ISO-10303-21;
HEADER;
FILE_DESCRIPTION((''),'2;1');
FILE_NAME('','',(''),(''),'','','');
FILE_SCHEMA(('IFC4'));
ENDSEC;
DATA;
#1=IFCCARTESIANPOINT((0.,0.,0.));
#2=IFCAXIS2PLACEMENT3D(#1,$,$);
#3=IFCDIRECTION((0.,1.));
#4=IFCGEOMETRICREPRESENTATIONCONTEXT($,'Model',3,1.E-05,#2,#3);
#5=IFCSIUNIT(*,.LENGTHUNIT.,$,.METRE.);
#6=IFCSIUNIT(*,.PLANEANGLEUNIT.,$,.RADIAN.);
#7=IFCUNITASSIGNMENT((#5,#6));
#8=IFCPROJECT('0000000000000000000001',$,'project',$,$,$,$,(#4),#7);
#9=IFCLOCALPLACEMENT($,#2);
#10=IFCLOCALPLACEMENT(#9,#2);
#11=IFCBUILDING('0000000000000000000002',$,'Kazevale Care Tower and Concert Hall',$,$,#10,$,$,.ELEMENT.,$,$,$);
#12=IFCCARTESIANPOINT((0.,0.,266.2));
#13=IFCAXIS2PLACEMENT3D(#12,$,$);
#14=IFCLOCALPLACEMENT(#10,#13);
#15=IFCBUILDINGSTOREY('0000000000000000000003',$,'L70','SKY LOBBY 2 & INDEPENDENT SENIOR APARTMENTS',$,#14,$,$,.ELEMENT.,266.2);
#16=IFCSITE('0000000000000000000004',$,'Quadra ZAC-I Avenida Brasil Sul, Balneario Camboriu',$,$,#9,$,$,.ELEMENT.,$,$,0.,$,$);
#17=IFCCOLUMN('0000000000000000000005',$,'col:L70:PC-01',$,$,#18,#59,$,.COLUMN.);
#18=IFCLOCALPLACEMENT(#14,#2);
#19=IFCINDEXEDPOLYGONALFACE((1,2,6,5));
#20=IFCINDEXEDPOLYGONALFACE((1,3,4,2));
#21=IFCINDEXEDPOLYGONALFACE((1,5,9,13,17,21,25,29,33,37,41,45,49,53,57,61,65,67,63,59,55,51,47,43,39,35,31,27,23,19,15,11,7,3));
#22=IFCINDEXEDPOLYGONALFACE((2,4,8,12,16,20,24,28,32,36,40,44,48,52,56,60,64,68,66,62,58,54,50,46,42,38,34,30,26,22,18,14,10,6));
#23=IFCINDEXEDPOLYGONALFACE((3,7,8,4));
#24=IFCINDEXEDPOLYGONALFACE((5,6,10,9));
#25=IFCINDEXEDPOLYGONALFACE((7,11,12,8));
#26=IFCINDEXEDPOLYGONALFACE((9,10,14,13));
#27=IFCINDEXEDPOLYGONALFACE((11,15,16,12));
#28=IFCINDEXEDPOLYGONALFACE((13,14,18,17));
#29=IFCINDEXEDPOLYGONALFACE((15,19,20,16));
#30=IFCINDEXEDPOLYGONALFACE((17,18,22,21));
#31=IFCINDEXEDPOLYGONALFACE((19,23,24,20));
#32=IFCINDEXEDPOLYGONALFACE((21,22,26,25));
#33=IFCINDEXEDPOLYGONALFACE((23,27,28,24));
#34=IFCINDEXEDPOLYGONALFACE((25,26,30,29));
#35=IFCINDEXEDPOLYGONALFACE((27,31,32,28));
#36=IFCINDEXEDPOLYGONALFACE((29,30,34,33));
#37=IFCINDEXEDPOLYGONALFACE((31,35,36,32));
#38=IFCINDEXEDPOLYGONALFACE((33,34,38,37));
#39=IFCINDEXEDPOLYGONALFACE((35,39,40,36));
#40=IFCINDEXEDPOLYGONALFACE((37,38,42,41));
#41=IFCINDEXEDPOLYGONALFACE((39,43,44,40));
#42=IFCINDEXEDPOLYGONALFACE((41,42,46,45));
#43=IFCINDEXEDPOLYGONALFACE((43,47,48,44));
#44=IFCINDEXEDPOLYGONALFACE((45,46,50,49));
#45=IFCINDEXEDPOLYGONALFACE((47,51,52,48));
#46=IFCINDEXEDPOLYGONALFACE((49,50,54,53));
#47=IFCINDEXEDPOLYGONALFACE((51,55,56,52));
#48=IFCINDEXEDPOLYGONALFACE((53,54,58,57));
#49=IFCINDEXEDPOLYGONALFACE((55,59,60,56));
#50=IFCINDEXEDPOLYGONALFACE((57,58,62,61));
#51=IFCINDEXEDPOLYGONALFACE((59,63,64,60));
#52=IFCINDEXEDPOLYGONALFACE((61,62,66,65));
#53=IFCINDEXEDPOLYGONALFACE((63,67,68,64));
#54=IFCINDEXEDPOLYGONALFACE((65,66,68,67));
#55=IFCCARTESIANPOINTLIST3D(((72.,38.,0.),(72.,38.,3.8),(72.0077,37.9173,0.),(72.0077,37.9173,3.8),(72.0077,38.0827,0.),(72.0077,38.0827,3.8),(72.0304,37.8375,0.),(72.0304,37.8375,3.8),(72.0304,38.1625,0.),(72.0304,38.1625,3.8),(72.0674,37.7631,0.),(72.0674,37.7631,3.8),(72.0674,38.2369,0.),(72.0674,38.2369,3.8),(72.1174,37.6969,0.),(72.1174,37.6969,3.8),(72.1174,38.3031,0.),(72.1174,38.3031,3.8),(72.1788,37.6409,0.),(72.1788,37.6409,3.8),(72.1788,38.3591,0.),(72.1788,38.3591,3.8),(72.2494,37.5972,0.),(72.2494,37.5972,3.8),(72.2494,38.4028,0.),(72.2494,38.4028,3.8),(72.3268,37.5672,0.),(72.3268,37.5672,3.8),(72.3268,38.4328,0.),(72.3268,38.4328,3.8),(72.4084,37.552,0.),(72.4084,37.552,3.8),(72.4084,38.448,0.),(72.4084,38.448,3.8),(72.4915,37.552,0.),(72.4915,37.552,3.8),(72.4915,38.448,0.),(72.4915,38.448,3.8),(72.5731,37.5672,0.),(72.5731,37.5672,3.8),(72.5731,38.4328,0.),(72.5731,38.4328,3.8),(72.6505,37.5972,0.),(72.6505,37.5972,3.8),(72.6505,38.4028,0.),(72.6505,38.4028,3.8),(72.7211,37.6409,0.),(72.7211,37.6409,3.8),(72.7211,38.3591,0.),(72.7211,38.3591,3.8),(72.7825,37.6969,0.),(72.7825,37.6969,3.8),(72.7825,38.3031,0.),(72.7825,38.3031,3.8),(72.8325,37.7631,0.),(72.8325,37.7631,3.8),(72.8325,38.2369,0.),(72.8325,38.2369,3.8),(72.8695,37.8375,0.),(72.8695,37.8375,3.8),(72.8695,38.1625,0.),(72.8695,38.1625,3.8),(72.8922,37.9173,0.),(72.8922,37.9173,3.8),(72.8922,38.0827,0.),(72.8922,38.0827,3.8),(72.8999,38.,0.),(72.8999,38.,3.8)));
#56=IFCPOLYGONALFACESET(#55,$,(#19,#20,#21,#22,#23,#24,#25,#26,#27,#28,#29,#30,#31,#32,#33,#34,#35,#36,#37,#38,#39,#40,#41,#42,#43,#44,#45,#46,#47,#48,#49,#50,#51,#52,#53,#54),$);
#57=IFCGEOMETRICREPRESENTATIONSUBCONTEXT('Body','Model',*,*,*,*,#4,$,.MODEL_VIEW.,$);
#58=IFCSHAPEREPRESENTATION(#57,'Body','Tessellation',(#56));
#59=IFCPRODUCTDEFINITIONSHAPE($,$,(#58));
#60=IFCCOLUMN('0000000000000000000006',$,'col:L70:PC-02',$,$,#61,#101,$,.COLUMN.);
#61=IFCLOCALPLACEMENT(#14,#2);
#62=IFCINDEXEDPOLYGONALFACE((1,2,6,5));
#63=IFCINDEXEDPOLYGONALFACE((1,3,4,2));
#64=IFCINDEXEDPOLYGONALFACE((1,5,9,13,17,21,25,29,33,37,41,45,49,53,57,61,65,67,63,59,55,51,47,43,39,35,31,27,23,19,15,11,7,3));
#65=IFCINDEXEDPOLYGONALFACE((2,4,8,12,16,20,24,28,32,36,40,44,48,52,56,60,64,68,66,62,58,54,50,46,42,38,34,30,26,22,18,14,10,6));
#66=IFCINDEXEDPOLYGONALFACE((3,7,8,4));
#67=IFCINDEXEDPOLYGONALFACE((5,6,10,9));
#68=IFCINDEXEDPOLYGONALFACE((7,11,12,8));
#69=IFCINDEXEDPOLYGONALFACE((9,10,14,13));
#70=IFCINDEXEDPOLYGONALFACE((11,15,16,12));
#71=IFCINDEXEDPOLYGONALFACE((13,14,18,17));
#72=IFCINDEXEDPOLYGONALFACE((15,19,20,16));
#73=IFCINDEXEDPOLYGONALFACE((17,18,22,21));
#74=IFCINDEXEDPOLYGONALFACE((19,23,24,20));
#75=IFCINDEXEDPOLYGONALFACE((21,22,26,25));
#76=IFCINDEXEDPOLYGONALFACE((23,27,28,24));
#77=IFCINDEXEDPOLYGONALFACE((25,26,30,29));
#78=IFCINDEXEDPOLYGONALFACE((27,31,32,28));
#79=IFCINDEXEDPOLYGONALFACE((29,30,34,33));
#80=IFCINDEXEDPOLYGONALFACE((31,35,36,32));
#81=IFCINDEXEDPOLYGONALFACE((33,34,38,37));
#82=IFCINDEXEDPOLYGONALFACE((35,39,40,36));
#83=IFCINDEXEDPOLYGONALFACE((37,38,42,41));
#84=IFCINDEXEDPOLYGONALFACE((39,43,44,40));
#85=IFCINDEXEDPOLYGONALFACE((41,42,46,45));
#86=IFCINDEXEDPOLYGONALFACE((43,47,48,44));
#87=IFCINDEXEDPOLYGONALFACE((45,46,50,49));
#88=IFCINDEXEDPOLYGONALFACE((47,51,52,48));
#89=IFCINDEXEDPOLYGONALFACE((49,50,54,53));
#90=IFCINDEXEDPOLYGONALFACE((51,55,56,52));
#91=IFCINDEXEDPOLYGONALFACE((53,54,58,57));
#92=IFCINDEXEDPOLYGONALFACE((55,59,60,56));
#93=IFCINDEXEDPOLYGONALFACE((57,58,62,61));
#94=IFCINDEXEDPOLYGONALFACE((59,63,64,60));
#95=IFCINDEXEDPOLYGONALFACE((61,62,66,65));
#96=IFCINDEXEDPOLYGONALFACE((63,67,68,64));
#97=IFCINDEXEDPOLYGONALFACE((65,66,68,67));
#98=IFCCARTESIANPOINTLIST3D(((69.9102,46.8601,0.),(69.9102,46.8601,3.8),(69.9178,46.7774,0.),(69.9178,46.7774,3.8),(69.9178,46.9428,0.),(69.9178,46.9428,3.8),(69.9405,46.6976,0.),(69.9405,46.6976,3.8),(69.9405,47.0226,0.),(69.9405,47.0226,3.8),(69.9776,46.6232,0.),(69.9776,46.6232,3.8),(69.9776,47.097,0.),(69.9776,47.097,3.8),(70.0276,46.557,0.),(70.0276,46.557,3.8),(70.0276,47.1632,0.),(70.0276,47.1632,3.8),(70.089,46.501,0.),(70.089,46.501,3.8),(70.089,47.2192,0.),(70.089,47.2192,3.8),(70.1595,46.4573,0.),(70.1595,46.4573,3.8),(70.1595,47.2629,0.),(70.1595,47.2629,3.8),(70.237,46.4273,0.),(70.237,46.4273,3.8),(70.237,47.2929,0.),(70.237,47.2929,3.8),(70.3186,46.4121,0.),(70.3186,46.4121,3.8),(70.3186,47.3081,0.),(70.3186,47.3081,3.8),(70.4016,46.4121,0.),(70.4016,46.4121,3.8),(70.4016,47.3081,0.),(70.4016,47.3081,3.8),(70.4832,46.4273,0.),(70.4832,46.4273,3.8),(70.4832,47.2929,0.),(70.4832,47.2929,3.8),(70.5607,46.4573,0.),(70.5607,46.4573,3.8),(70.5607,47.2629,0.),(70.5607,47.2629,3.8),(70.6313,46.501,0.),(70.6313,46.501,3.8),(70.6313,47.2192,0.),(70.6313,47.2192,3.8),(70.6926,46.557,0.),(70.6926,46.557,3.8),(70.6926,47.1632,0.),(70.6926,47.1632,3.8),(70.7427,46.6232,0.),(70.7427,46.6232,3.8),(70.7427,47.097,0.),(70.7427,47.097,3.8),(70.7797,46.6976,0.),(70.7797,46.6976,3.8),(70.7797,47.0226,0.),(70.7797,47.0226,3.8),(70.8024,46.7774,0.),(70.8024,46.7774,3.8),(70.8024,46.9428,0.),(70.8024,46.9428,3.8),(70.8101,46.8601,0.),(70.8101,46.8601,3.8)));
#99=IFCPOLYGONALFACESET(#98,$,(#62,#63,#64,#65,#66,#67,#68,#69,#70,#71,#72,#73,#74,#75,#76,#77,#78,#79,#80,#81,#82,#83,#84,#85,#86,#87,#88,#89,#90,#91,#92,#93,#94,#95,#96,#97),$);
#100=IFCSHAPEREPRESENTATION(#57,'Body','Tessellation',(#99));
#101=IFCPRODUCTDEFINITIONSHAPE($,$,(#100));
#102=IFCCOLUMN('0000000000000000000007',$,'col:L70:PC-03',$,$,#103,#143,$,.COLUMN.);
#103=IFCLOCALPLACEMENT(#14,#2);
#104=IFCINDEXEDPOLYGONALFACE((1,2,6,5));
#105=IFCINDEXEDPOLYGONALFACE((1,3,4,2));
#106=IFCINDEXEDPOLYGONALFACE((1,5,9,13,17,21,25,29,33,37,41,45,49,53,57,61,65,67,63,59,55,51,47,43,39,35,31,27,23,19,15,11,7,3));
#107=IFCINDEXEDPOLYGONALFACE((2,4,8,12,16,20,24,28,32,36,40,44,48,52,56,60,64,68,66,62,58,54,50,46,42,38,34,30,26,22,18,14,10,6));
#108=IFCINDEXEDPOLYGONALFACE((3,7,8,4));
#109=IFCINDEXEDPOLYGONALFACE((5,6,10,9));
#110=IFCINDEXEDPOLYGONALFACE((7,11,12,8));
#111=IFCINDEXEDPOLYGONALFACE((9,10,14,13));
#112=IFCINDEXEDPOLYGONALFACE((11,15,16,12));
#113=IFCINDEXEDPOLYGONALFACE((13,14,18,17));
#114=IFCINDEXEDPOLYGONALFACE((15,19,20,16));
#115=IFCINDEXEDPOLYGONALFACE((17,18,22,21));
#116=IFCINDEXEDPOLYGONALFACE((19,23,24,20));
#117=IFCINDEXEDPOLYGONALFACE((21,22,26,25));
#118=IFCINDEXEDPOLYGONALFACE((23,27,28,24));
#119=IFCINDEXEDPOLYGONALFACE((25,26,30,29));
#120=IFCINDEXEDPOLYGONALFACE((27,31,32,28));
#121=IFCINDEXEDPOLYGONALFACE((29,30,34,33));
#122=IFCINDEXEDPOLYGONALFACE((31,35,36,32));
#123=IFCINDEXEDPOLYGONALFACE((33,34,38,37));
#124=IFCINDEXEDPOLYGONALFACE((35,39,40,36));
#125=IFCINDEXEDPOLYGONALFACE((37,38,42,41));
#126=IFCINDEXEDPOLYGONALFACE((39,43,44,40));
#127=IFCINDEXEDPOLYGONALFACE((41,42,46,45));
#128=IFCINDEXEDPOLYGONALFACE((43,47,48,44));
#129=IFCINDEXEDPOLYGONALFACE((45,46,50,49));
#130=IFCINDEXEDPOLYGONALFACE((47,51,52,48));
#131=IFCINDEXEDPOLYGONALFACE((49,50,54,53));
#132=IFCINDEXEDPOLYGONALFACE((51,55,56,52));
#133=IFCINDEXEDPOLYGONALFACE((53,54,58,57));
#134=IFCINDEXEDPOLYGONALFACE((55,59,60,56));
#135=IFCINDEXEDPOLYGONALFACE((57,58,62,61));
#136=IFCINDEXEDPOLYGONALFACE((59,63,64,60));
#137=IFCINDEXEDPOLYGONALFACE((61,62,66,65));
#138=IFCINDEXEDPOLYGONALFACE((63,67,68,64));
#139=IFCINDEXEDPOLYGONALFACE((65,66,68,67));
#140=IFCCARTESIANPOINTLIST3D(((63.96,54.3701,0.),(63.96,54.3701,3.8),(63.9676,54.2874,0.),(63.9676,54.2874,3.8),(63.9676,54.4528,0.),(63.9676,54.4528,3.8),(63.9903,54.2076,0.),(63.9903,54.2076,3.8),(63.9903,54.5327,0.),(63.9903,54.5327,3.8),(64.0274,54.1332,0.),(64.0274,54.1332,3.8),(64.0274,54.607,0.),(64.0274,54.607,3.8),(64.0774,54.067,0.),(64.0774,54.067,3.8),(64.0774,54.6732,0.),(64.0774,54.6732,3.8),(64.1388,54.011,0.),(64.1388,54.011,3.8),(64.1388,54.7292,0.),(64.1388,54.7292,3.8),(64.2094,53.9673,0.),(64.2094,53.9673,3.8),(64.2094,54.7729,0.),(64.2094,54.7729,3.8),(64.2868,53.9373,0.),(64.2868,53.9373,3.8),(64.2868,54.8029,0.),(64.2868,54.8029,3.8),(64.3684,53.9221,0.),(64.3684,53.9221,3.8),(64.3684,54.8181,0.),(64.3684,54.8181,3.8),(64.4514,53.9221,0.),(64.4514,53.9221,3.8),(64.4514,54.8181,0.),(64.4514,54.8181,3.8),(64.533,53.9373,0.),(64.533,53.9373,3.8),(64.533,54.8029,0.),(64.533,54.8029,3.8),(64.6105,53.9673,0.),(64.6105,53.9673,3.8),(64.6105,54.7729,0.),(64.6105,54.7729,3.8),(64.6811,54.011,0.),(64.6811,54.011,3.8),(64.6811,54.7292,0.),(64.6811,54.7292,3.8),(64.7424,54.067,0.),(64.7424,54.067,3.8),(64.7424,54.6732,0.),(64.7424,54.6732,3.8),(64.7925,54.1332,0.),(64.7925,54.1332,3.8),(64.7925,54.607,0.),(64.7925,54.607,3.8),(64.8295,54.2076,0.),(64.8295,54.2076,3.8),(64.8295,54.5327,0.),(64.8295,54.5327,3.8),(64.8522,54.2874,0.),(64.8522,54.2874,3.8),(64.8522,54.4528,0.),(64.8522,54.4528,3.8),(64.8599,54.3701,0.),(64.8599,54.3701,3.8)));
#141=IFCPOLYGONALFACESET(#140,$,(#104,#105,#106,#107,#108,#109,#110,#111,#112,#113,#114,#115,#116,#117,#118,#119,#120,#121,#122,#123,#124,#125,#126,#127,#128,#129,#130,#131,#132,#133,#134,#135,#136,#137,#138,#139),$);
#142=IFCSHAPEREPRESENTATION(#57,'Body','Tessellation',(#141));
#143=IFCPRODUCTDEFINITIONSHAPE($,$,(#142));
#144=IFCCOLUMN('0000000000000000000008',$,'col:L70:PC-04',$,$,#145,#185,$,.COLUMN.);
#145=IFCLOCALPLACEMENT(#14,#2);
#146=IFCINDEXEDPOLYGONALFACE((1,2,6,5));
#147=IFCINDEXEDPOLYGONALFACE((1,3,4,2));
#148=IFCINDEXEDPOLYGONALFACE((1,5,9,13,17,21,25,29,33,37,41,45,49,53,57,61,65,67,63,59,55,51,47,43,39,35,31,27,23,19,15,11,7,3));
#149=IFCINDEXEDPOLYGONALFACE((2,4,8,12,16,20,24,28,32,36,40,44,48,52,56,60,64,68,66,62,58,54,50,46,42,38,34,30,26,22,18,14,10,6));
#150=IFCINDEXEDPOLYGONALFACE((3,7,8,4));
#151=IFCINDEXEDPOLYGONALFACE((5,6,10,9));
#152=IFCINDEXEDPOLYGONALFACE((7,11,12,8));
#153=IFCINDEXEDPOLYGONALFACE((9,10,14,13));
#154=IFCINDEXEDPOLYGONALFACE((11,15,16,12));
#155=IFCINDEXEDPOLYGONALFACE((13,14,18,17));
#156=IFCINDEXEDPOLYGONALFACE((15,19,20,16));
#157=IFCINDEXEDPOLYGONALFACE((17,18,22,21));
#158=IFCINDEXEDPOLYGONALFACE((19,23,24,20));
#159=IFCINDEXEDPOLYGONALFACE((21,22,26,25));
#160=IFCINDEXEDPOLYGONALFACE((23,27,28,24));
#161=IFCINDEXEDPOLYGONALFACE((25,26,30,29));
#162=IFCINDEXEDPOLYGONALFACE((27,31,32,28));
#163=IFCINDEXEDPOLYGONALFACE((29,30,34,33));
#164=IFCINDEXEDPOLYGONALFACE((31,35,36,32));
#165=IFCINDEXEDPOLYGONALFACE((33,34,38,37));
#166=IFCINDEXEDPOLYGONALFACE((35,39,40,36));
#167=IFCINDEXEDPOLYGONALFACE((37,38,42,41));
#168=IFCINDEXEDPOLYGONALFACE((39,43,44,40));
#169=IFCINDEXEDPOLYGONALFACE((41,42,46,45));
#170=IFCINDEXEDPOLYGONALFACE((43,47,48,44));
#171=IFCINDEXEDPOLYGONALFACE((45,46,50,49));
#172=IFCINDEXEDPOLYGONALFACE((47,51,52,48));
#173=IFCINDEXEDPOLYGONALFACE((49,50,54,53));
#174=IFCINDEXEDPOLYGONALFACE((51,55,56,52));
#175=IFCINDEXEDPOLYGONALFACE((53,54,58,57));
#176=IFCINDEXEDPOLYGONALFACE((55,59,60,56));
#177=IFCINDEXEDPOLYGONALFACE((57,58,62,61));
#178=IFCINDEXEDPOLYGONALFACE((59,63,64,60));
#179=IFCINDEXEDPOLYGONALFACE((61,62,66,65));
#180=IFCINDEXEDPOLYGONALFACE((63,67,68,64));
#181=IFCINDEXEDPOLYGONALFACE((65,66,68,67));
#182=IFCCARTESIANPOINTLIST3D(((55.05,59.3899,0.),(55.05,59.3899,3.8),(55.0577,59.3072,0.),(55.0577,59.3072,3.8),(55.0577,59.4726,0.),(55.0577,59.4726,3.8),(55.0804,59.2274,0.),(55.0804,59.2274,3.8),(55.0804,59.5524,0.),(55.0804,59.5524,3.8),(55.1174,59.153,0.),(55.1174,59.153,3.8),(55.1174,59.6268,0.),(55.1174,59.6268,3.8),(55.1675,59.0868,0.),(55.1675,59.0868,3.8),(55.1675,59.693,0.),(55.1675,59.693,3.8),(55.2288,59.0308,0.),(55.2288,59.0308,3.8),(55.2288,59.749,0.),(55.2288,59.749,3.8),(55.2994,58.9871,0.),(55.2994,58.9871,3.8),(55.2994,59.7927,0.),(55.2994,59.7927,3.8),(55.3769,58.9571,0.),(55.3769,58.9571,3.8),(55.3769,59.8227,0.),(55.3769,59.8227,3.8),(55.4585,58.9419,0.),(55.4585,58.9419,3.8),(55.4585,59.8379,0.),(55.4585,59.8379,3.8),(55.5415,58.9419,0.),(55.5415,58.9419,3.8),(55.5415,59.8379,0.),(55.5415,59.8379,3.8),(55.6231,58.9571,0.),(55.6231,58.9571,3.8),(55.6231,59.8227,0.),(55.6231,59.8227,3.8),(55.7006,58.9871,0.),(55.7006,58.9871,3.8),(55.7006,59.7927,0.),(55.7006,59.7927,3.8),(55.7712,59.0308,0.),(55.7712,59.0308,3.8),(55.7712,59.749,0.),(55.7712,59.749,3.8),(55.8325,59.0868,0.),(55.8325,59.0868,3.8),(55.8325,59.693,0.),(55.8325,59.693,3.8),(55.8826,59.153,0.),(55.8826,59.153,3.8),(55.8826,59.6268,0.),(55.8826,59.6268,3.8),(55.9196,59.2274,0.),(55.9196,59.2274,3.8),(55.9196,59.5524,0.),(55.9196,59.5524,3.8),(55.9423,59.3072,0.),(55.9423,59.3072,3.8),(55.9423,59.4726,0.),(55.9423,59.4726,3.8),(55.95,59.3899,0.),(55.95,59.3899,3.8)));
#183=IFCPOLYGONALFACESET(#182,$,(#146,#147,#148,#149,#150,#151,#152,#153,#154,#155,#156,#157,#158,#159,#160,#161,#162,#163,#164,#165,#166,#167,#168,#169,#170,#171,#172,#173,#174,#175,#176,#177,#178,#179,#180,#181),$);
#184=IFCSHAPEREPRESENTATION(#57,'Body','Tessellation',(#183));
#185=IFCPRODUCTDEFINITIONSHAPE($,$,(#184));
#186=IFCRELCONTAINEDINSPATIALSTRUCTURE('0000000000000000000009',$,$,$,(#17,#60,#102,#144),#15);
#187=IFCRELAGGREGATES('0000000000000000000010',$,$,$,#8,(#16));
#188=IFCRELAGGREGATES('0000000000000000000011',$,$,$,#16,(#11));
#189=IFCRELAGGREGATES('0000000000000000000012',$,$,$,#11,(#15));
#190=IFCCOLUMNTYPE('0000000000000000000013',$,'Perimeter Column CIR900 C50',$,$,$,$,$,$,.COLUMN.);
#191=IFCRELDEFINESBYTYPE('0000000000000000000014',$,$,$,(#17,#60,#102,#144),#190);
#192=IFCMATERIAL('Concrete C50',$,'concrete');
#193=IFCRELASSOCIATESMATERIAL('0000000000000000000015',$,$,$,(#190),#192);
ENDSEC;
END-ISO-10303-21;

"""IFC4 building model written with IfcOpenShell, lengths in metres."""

from ifc_helpers import new_model, si_unit, direction, frame, origin, origin_2d, place, context, subcontext, project, spatial, circle, extrude, material, material_profile, profile_set, type_object, element, save


model = new_model("IFC4")

# Units and contexts
model_context = context("Model", 3, precision=1e-05, world=origin(), true_north=direction((0.0, 1.0)))
body_context = subcontext(model_context, "Body", "Model", "MODEL_VIEW")
ifc_project = project(units=[si_unit("LENGTHUNIT", "METRE"), si_unit("PLANEANGLEUNIT", "RADIAN")], contexts=[model_context])

# Site, building, storey
site_placement = place(None, origin())
site = spatial("IfcSite", under=ifc_project, at=site_placement, Name="Quadra ZAC-I Avenida Brasil Sul, Balneario Camboriu", CompositionType="ELEMENT", RefElevation=0.0)
building_placement = place(site_placement, origin())
building = spatial("IfcBuilding", under=site, at=building_placement, Name="Kazevale Care Tower and Concert Hall", CompositionType="ELEMENT")
storey_placement = place(building_placement, frame((0.0, 0.0, 266.2)))
storey = spatial("IfcBuildingStorey", under=building, at=storey_placement, Name="L70", Description="SKY LOBBY 2 & INDEPENDENT SENIOR APARTMENTS", CompositionType="ELEMENT", Elevation=266.2)

# Columns
ifc_material_1 = material(Name="Concrete C50", Category="concrete")
ifc_material_profile_1 = material_profile(ifc_material_1, circle(Radius=0.45, at=origin_2d()), Name="RC-CIR900")
ifc_profile_set_1 = profile_set([ifc_material_profile_1], Name="Concrete C50")
column_type = type_object("IfcColumnType", Name="Perimeter Column CIR900 C50", PredefinedType="COLUMN", material=ifc_profile_set_1)
for number, where, z_axis, x_axis, name in (
    (1, (72.45, 38.0, 0.0), (0.0, 0.0, 1.0), (1.0, 0.0, 0.0), "col:L70:PC-01"),
    (2, (70.3601, 46.8601, 0.0), (0.0, 0.0, 1.0), (1.0, 0.0, 0.0), "col:L70:PC-02"),
    (3, (64.4099, 54.3701, 0.0), (0.0, 0.0, 1.0), (1.0, 0.0, 0.0), "col:L70:PC-03"),
    (4, (55.5, 59.3899, 0.0), (0.0, 0.0, 1.0), (1.0, 0.0, 0.0), "col:L70:PC-04"),
):
    element("IfcColumn", number, at=place(storey_placement, frame(where, z_axis=z_axis, x_axis=x_axis)), inside=storey, type_object=column_type, Name=name, PredefinedType="COLUMN", context=body_context, shape_type="SweptSolid", body=[
        extrude(circle(Radius=0.45, at=origin_2d()), origin(), (0.0, 0.0, 1.0), 3.8),
    ])

save(model, "model.ifc")
